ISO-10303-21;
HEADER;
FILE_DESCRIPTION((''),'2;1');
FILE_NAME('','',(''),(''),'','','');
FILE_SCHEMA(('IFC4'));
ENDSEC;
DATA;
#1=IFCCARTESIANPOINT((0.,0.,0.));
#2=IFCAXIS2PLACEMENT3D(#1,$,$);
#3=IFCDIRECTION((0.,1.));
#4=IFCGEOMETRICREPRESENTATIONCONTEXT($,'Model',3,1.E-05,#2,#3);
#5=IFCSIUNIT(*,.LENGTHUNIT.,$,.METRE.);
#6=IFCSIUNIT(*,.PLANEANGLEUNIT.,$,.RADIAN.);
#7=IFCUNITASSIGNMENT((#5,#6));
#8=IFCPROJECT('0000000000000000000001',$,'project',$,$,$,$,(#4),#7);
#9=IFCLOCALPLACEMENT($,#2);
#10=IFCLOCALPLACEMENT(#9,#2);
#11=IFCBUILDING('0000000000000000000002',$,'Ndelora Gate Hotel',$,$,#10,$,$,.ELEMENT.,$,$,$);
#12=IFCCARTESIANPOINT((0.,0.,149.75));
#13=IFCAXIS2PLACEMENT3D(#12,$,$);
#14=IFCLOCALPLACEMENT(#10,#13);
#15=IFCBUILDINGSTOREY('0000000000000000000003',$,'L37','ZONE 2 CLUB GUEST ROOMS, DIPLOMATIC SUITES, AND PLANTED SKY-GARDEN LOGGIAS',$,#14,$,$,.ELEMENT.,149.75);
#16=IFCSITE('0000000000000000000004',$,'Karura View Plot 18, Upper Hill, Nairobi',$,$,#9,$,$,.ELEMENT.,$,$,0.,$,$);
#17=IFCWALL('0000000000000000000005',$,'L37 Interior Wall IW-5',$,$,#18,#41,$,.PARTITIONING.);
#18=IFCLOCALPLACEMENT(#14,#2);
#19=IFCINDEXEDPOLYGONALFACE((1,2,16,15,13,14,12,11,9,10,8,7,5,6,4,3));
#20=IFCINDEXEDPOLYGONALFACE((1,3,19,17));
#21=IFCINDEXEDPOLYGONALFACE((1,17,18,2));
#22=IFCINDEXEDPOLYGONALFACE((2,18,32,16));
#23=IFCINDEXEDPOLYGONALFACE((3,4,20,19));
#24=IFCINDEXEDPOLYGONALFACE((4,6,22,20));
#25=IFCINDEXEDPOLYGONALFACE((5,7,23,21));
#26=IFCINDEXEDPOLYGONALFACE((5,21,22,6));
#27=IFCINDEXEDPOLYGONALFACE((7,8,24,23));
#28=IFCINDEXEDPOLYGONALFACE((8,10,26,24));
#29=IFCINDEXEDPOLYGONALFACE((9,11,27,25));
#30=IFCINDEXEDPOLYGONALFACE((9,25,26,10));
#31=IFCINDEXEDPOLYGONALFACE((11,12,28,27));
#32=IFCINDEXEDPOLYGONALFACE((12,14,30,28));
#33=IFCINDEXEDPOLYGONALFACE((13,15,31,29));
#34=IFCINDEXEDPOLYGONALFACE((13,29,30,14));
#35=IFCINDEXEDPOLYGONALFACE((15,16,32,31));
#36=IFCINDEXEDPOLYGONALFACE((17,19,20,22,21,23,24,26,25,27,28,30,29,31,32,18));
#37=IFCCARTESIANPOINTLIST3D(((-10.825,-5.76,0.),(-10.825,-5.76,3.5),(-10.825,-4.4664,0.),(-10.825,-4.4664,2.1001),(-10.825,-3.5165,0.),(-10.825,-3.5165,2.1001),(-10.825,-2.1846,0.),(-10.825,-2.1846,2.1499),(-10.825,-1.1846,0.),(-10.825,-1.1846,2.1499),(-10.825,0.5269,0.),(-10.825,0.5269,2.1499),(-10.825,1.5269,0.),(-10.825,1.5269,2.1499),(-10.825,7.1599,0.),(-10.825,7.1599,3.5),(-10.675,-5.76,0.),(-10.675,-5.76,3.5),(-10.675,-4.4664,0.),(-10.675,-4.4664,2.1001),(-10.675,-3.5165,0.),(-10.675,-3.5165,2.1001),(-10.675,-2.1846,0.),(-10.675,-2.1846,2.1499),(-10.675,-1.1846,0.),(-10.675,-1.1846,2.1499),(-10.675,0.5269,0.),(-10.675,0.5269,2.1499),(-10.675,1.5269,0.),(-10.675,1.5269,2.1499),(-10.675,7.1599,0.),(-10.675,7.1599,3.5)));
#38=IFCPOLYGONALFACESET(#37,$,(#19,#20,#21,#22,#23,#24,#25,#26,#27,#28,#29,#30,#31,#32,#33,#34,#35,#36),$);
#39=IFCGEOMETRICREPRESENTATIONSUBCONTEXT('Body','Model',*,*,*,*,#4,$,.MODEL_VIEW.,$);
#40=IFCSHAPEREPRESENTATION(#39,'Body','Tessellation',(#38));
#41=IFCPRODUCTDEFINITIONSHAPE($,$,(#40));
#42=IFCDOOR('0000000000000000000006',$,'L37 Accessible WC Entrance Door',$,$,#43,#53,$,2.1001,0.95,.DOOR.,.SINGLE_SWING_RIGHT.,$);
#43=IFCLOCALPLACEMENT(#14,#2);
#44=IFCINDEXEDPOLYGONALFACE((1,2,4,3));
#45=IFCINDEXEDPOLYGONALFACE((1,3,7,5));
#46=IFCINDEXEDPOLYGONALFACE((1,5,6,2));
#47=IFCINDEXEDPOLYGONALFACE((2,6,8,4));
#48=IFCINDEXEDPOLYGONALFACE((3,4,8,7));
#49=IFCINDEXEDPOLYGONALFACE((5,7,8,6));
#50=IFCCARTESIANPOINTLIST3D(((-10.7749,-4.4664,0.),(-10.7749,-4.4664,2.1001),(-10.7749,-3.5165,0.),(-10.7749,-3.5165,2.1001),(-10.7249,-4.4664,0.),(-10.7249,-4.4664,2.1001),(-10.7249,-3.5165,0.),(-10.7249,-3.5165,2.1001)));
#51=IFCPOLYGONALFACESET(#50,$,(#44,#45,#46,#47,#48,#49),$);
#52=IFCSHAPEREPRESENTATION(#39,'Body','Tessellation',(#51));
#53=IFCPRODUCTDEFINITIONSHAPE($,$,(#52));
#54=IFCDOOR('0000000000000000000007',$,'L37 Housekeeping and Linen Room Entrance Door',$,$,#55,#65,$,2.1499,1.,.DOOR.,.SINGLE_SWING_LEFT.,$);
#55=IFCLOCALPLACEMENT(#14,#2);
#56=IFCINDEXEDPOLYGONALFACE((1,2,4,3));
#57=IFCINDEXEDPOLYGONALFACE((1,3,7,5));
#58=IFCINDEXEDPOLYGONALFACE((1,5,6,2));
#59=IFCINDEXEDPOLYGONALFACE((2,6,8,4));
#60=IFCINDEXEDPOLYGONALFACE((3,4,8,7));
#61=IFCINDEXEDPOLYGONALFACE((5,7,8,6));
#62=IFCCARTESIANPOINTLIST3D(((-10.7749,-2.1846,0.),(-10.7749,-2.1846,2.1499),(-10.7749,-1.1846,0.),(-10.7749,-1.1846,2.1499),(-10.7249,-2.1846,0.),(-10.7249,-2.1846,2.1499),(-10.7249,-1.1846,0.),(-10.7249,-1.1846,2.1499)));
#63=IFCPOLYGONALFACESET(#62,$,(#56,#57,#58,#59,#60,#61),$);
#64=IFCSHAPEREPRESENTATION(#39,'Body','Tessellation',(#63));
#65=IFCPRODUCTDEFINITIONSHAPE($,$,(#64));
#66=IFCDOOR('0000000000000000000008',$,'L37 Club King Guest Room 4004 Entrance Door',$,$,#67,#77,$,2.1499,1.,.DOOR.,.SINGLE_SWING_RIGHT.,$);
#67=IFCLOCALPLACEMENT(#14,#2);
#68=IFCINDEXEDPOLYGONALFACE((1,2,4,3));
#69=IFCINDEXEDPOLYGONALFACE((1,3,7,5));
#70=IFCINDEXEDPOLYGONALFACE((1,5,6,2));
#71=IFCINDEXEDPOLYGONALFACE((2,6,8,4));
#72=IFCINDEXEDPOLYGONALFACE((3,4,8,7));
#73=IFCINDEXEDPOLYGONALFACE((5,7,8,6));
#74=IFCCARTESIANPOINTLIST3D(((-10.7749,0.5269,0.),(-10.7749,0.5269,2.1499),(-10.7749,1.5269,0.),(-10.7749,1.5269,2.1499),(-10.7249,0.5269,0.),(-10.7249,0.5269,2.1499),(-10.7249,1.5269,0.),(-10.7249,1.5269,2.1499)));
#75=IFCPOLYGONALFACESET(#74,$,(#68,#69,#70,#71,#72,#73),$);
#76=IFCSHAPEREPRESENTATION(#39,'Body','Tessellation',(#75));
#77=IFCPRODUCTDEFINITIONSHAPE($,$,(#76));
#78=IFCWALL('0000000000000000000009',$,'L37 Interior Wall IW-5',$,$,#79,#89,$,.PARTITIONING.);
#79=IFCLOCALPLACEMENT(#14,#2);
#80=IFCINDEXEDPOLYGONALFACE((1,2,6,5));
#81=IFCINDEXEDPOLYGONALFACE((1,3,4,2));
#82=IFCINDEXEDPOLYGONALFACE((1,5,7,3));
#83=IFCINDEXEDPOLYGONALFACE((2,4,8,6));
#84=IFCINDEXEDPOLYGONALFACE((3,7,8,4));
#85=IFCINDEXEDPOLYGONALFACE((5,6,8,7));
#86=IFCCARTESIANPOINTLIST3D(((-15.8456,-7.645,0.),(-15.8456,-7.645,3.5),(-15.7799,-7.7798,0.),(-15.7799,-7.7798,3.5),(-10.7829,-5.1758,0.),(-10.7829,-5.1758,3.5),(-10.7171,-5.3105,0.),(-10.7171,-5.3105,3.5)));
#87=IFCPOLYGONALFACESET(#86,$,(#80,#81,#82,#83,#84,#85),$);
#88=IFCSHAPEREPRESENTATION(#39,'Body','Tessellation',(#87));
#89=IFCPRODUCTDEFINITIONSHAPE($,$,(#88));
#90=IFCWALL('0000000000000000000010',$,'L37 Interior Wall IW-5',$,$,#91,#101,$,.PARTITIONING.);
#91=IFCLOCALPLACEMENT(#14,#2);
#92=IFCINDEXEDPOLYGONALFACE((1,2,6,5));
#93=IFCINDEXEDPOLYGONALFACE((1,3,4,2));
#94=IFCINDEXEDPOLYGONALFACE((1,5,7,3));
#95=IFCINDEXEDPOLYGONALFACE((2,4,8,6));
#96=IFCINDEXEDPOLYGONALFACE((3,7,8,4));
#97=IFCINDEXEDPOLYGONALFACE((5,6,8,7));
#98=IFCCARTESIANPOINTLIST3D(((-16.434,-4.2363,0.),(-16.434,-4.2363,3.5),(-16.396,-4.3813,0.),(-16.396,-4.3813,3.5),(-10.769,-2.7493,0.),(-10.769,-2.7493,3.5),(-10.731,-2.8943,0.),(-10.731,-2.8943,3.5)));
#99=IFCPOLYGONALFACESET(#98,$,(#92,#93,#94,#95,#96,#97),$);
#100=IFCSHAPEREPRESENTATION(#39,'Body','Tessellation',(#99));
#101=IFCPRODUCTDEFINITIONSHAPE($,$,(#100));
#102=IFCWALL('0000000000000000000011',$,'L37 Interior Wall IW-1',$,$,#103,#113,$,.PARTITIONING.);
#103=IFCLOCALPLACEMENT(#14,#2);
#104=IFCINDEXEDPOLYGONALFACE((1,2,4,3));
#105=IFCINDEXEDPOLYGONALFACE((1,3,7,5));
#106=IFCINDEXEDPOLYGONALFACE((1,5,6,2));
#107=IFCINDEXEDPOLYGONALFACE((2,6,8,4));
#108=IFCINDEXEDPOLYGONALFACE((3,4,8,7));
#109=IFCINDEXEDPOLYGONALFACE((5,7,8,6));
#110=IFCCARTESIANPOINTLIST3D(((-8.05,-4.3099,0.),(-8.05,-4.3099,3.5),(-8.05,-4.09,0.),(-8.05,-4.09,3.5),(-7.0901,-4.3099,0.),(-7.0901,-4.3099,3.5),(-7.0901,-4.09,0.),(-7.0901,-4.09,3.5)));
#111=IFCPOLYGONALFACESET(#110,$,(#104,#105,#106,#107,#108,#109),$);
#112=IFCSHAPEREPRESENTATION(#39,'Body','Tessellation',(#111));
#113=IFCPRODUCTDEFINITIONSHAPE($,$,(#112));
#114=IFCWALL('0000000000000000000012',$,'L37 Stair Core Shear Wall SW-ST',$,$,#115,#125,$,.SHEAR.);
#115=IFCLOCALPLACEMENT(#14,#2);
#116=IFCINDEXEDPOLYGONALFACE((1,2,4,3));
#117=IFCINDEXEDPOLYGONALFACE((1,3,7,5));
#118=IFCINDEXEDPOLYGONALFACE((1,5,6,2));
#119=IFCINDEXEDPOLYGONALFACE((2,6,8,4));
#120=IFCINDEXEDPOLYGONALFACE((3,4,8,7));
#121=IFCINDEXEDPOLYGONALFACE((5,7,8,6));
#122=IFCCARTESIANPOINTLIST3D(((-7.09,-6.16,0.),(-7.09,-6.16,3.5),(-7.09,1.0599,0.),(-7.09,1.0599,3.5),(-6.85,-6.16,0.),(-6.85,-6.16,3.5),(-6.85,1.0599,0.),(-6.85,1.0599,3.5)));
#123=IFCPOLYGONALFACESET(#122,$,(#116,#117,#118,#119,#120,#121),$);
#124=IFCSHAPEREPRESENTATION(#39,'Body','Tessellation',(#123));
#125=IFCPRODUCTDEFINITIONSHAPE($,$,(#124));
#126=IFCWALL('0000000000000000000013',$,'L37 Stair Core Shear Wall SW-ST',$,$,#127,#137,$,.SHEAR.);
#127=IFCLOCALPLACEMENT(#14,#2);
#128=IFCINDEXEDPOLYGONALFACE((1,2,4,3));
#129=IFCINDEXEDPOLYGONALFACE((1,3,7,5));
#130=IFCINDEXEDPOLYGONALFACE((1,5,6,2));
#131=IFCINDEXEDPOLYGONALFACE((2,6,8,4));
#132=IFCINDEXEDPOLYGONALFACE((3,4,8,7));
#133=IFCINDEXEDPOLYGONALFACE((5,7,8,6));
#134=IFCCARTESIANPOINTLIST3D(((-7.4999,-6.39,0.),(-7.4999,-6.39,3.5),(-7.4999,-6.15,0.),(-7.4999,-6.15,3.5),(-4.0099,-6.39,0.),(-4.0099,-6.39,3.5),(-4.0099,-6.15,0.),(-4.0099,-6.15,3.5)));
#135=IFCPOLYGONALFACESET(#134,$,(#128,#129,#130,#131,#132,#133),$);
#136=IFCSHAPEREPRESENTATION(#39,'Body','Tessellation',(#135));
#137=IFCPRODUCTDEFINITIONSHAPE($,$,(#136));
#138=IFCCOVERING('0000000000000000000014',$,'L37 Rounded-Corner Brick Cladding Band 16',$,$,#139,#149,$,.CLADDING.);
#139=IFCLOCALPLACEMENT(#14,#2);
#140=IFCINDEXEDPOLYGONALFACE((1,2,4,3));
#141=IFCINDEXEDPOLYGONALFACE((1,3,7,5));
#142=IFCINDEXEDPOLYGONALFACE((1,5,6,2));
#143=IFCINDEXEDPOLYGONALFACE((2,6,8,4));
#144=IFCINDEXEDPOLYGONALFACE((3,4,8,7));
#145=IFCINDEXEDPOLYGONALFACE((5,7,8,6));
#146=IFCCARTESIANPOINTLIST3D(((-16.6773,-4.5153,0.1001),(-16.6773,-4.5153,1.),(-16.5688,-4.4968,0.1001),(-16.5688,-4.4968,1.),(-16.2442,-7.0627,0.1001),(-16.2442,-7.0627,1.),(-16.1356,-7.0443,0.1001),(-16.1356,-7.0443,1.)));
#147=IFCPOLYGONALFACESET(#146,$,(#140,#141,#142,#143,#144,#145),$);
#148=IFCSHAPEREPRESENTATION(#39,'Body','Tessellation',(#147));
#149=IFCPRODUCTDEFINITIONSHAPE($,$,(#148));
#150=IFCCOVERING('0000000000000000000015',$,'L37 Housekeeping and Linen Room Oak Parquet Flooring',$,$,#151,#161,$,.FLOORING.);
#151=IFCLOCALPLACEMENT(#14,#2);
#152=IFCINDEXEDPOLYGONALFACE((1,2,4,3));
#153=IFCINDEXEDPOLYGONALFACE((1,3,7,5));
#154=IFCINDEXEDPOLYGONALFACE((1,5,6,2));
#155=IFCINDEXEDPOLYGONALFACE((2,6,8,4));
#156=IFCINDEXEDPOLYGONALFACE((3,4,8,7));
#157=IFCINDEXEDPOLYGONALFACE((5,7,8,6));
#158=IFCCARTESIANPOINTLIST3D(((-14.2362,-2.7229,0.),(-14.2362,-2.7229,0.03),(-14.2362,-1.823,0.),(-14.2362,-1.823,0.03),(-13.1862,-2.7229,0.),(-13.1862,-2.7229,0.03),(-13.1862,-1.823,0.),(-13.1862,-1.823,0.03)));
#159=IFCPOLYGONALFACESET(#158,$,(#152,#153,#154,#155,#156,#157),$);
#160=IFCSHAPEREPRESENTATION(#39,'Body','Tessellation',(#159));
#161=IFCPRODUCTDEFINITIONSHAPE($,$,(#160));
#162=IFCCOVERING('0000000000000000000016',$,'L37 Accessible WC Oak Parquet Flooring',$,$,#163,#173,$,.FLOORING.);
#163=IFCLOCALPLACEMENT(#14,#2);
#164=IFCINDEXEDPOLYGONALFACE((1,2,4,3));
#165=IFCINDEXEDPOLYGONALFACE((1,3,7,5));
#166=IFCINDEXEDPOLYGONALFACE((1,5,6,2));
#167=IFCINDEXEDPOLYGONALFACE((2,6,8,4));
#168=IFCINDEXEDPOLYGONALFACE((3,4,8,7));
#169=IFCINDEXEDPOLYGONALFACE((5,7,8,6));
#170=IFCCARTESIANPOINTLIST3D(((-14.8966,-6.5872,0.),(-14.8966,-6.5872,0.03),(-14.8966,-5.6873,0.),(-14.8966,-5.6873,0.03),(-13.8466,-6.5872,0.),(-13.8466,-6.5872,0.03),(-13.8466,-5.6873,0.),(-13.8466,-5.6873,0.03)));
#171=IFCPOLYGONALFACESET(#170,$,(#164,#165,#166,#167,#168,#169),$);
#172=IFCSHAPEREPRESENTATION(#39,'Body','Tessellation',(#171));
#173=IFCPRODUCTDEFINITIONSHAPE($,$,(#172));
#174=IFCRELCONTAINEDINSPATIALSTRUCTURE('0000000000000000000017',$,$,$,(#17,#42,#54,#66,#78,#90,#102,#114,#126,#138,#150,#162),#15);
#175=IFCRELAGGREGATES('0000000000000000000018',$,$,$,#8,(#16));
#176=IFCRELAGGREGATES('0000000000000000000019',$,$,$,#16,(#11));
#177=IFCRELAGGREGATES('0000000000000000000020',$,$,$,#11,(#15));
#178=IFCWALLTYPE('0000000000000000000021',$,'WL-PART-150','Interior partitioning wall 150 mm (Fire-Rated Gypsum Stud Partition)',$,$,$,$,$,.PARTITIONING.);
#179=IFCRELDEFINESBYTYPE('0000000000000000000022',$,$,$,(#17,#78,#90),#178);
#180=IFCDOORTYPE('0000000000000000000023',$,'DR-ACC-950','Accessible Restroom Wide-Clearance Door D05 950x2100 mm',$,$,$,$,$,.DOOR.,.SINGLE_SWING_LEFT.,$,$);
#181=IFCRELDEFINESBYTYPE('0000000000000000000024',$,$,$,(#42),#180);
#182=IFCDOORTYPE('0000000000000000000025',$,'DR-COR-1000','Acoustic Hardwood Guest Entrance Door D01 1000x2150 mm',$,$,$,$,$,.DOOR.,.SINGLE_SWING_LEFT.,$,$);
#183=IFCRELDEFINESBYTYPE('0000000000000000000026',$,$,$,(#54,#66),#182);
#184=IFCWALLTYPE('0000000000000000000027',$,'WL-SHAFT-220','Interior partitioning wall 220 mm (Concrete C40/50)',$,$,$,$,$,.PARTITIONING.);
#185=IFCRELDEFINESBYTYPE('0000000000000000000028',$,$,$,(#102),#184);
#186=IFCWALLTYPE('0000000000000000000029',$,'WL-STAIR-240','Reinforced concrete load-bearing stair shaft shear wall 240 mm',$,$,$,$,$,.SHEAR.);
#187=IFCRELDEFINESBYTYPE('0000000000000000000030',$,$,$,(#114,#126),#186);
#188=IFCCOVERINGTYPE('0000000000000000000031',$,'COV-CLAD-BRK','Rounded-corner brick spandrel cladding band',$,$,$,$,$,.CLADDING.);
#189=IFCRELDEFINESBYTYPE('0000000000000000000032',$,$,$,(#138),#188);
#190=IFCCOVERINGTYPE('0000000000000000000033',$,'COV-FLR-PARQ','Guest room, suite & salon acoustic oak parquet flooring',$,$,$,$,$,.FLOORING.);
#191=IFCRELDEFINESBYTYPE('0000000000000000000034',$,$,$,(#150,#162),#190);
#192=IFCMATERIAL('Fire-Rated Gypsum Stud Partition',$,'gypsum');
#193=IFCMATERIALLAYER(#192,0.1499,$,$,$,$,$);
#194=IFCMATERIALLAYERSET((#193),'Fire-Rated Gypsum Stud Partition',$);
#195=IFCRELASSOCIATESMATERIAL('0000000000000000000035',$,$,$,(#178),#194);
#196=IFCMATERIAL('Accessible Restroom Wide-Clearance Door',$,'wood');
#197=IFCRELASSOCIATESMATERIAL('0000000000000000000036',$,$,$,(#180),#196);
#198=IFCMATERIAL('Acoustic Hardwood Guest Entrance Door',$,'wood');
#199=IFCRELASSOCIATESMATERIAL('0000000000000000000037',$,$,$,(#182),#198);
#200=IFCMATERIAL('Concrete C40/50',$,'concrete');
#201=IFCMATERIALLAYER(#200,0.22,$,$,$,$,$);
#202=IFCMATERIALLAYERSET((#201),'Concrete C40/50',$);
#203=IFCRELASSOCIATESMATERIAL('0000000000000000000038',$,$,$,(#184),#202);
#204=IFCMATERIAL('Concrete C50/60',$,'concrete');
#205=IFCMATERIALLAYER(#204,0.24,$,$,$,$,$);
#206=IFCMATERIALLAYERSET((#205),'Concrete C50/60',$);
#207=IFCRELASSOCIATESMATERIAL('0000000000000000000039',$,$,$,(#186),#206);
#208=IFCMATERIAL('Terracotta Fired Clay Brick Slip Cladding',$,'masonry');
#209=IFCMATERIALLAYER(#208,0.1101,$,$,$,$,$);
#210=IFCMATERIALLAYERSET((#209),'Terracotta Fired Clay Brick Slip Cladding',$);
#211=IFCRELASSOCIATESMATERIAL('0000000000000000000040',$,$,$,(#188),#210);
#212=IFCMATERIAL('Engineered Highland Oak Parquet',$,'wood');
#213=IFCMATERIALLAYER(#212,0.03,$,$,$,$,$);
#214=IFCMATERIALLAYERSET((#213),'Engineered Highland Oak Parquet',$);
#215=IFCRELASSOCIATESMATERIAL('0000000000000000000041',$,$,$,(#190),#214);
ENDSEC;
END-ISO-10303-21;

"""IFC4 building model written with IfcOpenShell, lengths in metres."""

from ifc_helpers import new_model, si_unit, direction, frame, frame_2d, origin, origin_2d, place, context, subcontext, project, spatial, rectangle, extrude, material, layer, layer_set, type_object, element, fill, save


model = new_model("IFC4")

# Units and contexts
model_context = context("Model", 3, precision=1e-05, world=origin(), true_north=direction((0.0, 1.0)))
body_context = subcontext(model_context, "Body", "Model", "MODEL_VIEW")
ifc_project = project(units=[si_unit("LENGTHUNIT", "METRE"), si_unit("PLANEANGLEUNIT", "RADIAN")], contexts=[model_context])

# Site, building, storey
site_placement = place(None, origin())
site = spatial("IfcSite", under=ifc_project, at=site_placement, Name="Karura View Plot 18, Upper Hill, Nairobi", CompositionType="ELEMENT", RefElevation=0.0)
building_placement = place(site_placement, origin())
building = spatial("IfcBuilding", under=site, at=building_placement, Name="Ndelora Gate Hotel", CompositionType="ELEMENT")
storey_placement = place(building_placement, frame((0.0, 0.0, 149.75)))
storey = spatial("IfcBuildingStorey", under=building, at=storey_placement, Name="L37", Description="ZONE 2 CLUB GUEST ROOMS, DIPLOMATIC SUITES, AND PLANTED SKY-GARDEN LOGGIAS", CompositionType="ELEMENT", Elevation=149.75)

# Shared definitions
ifc_material_1 = material(Name="Fire-Rated Gypsum Stud Partition", Category="gypsum")
ifc_layer_1 = layer(ifc_material_1, 0.1499)
ifc_layer_set_1 = layer_set([ifc_layer_1], Name="Fire-Rated Gypsum Stud Partition")
wall_type_1 = type_object("IfcWallType", Name="WL-PART-150", Description="Interior partitioning wall 150 mm (Fire-Rated Gypsum Stud Partition)", PredefinedType="PARTITIONING", material=ifc_layer_set_1)

# Wall, openings, doors
wall_1_placement = place(storey_placement, frame((-10.75, -5.76, 0.0), z_axis=(0.0, 0.0, 1.0), x_axis=(0.0, 1.0, 0.0)))
wall_1 = element("IfcWall", 1, at=wall_1_placement, inside=storey, type_object=wall_type_1, Name="L37 Interior Wall IW-5", PredefinedType="PARTITIONING", context=body_context, shape_type="SweptSolid", body=[
    extrude(rectangle(XDim=12.9199, YDim=0.1499, at=frame_2d((6.46, 0.0))), origin(), (0.0, 0.0, 1.0), 3.5),
])
opening_1_placement = place(wall_1_placement, frame((1.2935, 0.0, 0.0)))
opening_1 = element("IfcOpeningElement", 2, at=opening_1_placement, cuts=wall_1, PredefinedType="OPENING", context=body_context, shape_type="SweptSolid", body=[
    extrude(rectangle(XDim=0.95, YDim=2.1001, at=frame_2d((0.4751, 1.05))), frame((0.0, 0.085, 0.0), z_axis=(0.0, -1.0, 0.0), x_axis=(1.0, 0.0, 0.0)), (0.0, 0.0, 1.0), 0.1699),
])
opening_2_placement = place(wall_1_placement, frame((3.5754, 0.0, 0.0)))
opening_2 = element("IfcOpeningElement", 3, at=opening_2_placement, cuts=wall_1, PredefinedType="OPENING", context=body_context, shape_type="SweptSolid", body=[
    extrude(rectangle(XDim=1.0, YDim=2.1499, at=frame_2d((0.5, 1.075))), frame((0.0, 0.085, 0.0), z_axis=(0.0, -1.0, 0.0), x_axis=(1.0, 0.0, 0.0)), (0.0, 0.0, 1.0), 0.1699),
])
opening_3_placement = place(wall_1_placement, frame((6.2869, 0.0, 0.0)))
opening_3 = element("IfcOpeningElement", 4, at=opening_3_placement, cuts=wall_1, PredefinedType="OPENING", context=body_context, shape_type="SweptSolid", body=[
    extrude(rectangle(XDim=1.0, YDim=2.1499, at=frame_2d((0.5, 1.075))), frame((0.0, 0.085, 0.0), z_axis=(0.0, -1.0, 0.0), x_axis=(1.0, 0.0, 0.0)), (0.0, 0.0, 1.0), 0.1699),
])
ifc_material_2 = material(Name="Accessible Restroom Wide-Clearance Door", Category="wood")
door_type_1 = type_object("IfcDoorType", Name="DR-ACC-950", Description="Accessible Restroom Wide-Clearance Door D05 950x2100 mm", OperationType="SINGLE_SWING_LEFT", PredefinedType="DOOR", material=ifc_material_2)
door_1_placement = place(opening_1_placement, origin())
door_1 = element("IfcDoor", 5, at=door_1_placement, inside=storey, type_object=door_type_1, Name="L37 Accessible WC Entrance Door", OperationType="SINGLE_SWING_RIGHT", OverallHeight=2.1001, OverallWidth=0.95, PredefinedType="DOOR", context=body_context, shape_type="SweptSolid", body=[
    extrude(rectangle(XDim=0.95, YDim=2.1001, at=frame_2d((0.4751, 1.05))), frame((0.0, 0.0249, 0.0), z_axis=(0.0, -1.0, 0.0), x_axis=(1.0, 0.0, 0.0)), (0.0, 0.0, 1.0), 0.05),
])
fill(opening_1, door_1)
ifc_material_3 = material(Name="Acoustic Hardwood Guest Entrance Door", Category="wood")
door_type_2 = type_object("IfcDoorType", Name="DR-COR-1000", Description="Acoustic Hardwood Guest Entrance Door D01 1000x2150 mm", OperationType="SINGLE_SWING_LEFT", PredefinedType="DOOR", material=ifc_material_3)
door_2_placement = place(opening_2_placement, origin())
door_2 = element("IfcDoor", 6, at=door_2_placement, inside=storey, type_object=door_type_2, Name="L37 Housekeeping and Linen Room Entrance Door", OperationType="SINGLE_SWING_LEFT", OverallHeight=2.1499, OverallWidth=1.0, PredefinedType="DOOR", context=body_context, shape_type="SweptSolid", body=[
    extrude(rectangle(XDim=1.0, YDim=2.1499, at=frame_2d((0.5, 1.075))), frame((0.0, 0.0249, 0.0), z_axis=(0.0, -1.0, 0.0), x_axis=(1.0, 0.0, 0.0)), (0.0, 0.0, 1.0), 0.05),
])
fill(opening_2, door_2)
door_3_placement = place(opening_3_placement, origin())
door_3 = element("IfcDoor", 7, at=door_3_placement, inside=storey, type_object=door_type_2, Name="L37 Club King Guest Room 4004 Entrance Door", OperationType="SINGLE_SWING_RIGHT", OverallHeight=2.1499, OverallWidth=1.0, PredefinedType="DOOR", context=body_context, shape_type="SweptSolid", body=[
    extrude(rectangle(XDim=1.0, YDim=2.1499, at=frame_2d((0.5, 1.075))), frame((0.0, 0.0249, 0.0), z_axis=(0.0, -1.0, 0.0), x_axis=(1.0, 0.0, 0.0)), (0.0, 0.0, 1.0), 0.05),
])
fill(opening_3, door_3)

# Walls
wall_2_placement = place(storey_placement, frame((-10.75, -5.2432, 0.0), z_axis=(0.0, 0.0, 1.0), x_axis=(-0.898796, -0.438367, 0.0)))
element("IfcWall", 8, at=wall_2_placement, inside=storey, type_object=wall_type_1, Name="L37 Interior Wall IW-5", PredefinedType="PARTITIONING", context=body_context, shape_type="SweptSolid", body=[
    extrude(rectangle(XDim=5.6328, YDim=0.1499, at=frame_2d((2.8164, 0.0))), origin(), (0.0, 0.0, 1.0), 3.5),
])
wall_3_placement = place(storey_placement, frame((-10.75, -2.8218, 0.0), z_axis=(0.0, 0.0, 1.0), x_axis=(-0.967231, -0.253896, 0.0)))
element("IfcWall", 9, at=wall_3_placement, inside=storey, type_object=wall_type_1, Name="L37 Interior Wall IW-5", PredefinedType="PARTITIONING", context=body_context, shape_type="SweptSolid", body=[
    extrude(rectangle(XDim=5.8569, YDim=0.1499, at=frame_2d((2.9285, 0.0))), origin(), (0.0, 0.0, 1.0), 3.5),
])
ifc_material_4 = material(Name="Concrete C40/50", Category="concrete")
ifc_layer_2 = layer(ifc_material_4, 0.22)
ifc_layer_set_2 = layer_set([ifc_layer_2], Name="Concrete C40/50")
wall_type_2 = type_object("IfcWallType", Name="WL-SHAFT-220", Description="Interior partitioning wall 220 mm (Concrete C40/50)", PredefinedType="PARTITIONING", material=ifc_layer_set_2)
wall_4_placement = place(storey_placement, frame((-8.05, -4.2, 0.0), z_axis=(0.0, 0.0, 1.0), x_axis=(1.0, 0.0, 0.0)))
element("IfcWall", 10, at=wall_4_placement, inside=storey, type_object=wall_type_2, Name="L37 Interior Wall IW-1", PredefinedType="PARTITIONING", context=body_context, shape_type="SweptSolid", body=[
    extrude(rectangle(XDim=0.96, YDim=0.22, at=frame_2d((0.48, 0.0))), origin(), (0.0, 0.0, 1.0), 3.5),
])
ifc_material_5 = material(Name="Concrete C50/60", Category="concrete")
ifc_layer_3 = layer(ifc_material_5, 0.24)
ifc_layer_set_3 = layer_set([ifc_layer_3], Name="Concrete C50/60")
wall_type_3 = type_object("IfcWallType", Name="WL-STAIR-240", Description="Reinforced concrete load-bearing stair shaft shear wall 240 mm", PredefinedType="SHEAR", material=ifc_layer_set_3)
wall_5_placement = place(storey_placement, frame((-6.97, -6.1599, 0.0), z_axis=(0.0, 0.0, 1.0), x_axis=(0.0, 1.0, 0.0)))
element("IfcWall", 11, at=wall_5_placement, inside=storey, type_object=wall_type_3, Name="L37 Stair Core Shear Wall SW-ST", PredefinedType="SHEAR", context=body_context, shape_type="SweptSolid", body=[
    extrude(rectangle(XDim=7.22, YDim=0.24, at=frame_2d((3.6099, 0.0))), origin(), (0.0, 0.0, 1.0), 3.5),
])
wall_6_placement = place(storey_placement, frame((-7.5, -6.27, 0.0), z_axis=(0.0, 0.0, 1.0), x_axis=(1.0, 0.0, 0.0)))
element("IfcWall", 12, at=wall_6_placement, inside=storey, type_object=wall_type_3, Name="L37 Stair Core Shear Wall SW-ST", PredefinedType="SHEAR", context=body_context, shape_type="SweptSolid", body=[
    extrude(rectangle(XDim=3.49, YDim=0.24, at=frame_2d((1.7451, 0.0))), origin(), (0.0, 0.0, 1.0), 3.5),
])

# Coverings
ifc_material_6 = material(Name="Terracotta Fired Clay Brick Slip Cladding", Category="masonry")
ifc_layer_4 = layer(ifc_material_6, 0.1101)
ifc_layer_set_4 = layer_set([ifc_layer_4], Name="Terracotta Fired Clay Brick Slip Cladding")
covering_type_1 = type_object("IfcCoveringType", Name="COV-CLAD-BRK", Description="Rounded-corner brick spandrel cladding band", PredefinedType="CLADDING", material=ifc_layer_set_4)
covering_placement = place(storey_placement, frame((-16.4065, -5.7798, 0.1001), z_axis=(0.0, 0.0, 1.0), x_axis=(-0.167629, 0.98585, 0.0)))
element("IfcCovering", 13, at=covering_placement, inside=storey, type_object=covering_type_1, Name="L37 Rounded-Corner Brick Cladding Band 16", PredefinedType="CLADDING", context=body_context, shape_type="SweptSolid", body=[
    extrude(rectangle(XDim=2.584, YDim=0.1101, at=origin_2d()), origin(), (0.0, 0.0, 1.0), 0.8999),
])
ifc_material_7 = material(Name="Engineered Highland Oak Parquet", Category="wood")
ifc_layer_5 = layer(ifc_material_7, 0.03)
ifc_layer_set_5 = layer_set([ifc_layer_5], Name="Engineered Highland Oak Parquet")
covering_type_2 = type_object("IfcCoveringType", Name="COV-FLR-PARQ", Description="Guest room, suite & salon acoustic oak parquet flooring", PredefinedType="FLOORING", material=ifc_layer_set_5)
for number, where, z_axis, x_axis, name in (
    (14, (-13.7112, -2.2729, 0.0), (0.0, 0.0, 1.0), (1.0, 0.0, 0.0), "L37 Housekeeping and Linen Room Oak Parquet Flooring"),
    (15, (-14.3716, -6.1372, 0.0), (0.0, 0.0, 1.0), (1.0, 0.0, 0.0), "L37 Accessible WC Oak Parquet Flooring"),
):
    element("IfcCovering", number, at=place(storey_placement, frame(where, z_axis=z_axis, x_axis=x_axis)), inside=storey, type_object=covering_type_2, Name=name, PredefinedType="FLOORING", context=body_context, shape_type="SweptSolid", body=[
        extrude(rectangle(XDim=1.05, YDim=0.8999, at=origin_2d()), origin(), (0.0, 0.0, 1.0), 0.03),
    ])

save(model, "model.ifc")
